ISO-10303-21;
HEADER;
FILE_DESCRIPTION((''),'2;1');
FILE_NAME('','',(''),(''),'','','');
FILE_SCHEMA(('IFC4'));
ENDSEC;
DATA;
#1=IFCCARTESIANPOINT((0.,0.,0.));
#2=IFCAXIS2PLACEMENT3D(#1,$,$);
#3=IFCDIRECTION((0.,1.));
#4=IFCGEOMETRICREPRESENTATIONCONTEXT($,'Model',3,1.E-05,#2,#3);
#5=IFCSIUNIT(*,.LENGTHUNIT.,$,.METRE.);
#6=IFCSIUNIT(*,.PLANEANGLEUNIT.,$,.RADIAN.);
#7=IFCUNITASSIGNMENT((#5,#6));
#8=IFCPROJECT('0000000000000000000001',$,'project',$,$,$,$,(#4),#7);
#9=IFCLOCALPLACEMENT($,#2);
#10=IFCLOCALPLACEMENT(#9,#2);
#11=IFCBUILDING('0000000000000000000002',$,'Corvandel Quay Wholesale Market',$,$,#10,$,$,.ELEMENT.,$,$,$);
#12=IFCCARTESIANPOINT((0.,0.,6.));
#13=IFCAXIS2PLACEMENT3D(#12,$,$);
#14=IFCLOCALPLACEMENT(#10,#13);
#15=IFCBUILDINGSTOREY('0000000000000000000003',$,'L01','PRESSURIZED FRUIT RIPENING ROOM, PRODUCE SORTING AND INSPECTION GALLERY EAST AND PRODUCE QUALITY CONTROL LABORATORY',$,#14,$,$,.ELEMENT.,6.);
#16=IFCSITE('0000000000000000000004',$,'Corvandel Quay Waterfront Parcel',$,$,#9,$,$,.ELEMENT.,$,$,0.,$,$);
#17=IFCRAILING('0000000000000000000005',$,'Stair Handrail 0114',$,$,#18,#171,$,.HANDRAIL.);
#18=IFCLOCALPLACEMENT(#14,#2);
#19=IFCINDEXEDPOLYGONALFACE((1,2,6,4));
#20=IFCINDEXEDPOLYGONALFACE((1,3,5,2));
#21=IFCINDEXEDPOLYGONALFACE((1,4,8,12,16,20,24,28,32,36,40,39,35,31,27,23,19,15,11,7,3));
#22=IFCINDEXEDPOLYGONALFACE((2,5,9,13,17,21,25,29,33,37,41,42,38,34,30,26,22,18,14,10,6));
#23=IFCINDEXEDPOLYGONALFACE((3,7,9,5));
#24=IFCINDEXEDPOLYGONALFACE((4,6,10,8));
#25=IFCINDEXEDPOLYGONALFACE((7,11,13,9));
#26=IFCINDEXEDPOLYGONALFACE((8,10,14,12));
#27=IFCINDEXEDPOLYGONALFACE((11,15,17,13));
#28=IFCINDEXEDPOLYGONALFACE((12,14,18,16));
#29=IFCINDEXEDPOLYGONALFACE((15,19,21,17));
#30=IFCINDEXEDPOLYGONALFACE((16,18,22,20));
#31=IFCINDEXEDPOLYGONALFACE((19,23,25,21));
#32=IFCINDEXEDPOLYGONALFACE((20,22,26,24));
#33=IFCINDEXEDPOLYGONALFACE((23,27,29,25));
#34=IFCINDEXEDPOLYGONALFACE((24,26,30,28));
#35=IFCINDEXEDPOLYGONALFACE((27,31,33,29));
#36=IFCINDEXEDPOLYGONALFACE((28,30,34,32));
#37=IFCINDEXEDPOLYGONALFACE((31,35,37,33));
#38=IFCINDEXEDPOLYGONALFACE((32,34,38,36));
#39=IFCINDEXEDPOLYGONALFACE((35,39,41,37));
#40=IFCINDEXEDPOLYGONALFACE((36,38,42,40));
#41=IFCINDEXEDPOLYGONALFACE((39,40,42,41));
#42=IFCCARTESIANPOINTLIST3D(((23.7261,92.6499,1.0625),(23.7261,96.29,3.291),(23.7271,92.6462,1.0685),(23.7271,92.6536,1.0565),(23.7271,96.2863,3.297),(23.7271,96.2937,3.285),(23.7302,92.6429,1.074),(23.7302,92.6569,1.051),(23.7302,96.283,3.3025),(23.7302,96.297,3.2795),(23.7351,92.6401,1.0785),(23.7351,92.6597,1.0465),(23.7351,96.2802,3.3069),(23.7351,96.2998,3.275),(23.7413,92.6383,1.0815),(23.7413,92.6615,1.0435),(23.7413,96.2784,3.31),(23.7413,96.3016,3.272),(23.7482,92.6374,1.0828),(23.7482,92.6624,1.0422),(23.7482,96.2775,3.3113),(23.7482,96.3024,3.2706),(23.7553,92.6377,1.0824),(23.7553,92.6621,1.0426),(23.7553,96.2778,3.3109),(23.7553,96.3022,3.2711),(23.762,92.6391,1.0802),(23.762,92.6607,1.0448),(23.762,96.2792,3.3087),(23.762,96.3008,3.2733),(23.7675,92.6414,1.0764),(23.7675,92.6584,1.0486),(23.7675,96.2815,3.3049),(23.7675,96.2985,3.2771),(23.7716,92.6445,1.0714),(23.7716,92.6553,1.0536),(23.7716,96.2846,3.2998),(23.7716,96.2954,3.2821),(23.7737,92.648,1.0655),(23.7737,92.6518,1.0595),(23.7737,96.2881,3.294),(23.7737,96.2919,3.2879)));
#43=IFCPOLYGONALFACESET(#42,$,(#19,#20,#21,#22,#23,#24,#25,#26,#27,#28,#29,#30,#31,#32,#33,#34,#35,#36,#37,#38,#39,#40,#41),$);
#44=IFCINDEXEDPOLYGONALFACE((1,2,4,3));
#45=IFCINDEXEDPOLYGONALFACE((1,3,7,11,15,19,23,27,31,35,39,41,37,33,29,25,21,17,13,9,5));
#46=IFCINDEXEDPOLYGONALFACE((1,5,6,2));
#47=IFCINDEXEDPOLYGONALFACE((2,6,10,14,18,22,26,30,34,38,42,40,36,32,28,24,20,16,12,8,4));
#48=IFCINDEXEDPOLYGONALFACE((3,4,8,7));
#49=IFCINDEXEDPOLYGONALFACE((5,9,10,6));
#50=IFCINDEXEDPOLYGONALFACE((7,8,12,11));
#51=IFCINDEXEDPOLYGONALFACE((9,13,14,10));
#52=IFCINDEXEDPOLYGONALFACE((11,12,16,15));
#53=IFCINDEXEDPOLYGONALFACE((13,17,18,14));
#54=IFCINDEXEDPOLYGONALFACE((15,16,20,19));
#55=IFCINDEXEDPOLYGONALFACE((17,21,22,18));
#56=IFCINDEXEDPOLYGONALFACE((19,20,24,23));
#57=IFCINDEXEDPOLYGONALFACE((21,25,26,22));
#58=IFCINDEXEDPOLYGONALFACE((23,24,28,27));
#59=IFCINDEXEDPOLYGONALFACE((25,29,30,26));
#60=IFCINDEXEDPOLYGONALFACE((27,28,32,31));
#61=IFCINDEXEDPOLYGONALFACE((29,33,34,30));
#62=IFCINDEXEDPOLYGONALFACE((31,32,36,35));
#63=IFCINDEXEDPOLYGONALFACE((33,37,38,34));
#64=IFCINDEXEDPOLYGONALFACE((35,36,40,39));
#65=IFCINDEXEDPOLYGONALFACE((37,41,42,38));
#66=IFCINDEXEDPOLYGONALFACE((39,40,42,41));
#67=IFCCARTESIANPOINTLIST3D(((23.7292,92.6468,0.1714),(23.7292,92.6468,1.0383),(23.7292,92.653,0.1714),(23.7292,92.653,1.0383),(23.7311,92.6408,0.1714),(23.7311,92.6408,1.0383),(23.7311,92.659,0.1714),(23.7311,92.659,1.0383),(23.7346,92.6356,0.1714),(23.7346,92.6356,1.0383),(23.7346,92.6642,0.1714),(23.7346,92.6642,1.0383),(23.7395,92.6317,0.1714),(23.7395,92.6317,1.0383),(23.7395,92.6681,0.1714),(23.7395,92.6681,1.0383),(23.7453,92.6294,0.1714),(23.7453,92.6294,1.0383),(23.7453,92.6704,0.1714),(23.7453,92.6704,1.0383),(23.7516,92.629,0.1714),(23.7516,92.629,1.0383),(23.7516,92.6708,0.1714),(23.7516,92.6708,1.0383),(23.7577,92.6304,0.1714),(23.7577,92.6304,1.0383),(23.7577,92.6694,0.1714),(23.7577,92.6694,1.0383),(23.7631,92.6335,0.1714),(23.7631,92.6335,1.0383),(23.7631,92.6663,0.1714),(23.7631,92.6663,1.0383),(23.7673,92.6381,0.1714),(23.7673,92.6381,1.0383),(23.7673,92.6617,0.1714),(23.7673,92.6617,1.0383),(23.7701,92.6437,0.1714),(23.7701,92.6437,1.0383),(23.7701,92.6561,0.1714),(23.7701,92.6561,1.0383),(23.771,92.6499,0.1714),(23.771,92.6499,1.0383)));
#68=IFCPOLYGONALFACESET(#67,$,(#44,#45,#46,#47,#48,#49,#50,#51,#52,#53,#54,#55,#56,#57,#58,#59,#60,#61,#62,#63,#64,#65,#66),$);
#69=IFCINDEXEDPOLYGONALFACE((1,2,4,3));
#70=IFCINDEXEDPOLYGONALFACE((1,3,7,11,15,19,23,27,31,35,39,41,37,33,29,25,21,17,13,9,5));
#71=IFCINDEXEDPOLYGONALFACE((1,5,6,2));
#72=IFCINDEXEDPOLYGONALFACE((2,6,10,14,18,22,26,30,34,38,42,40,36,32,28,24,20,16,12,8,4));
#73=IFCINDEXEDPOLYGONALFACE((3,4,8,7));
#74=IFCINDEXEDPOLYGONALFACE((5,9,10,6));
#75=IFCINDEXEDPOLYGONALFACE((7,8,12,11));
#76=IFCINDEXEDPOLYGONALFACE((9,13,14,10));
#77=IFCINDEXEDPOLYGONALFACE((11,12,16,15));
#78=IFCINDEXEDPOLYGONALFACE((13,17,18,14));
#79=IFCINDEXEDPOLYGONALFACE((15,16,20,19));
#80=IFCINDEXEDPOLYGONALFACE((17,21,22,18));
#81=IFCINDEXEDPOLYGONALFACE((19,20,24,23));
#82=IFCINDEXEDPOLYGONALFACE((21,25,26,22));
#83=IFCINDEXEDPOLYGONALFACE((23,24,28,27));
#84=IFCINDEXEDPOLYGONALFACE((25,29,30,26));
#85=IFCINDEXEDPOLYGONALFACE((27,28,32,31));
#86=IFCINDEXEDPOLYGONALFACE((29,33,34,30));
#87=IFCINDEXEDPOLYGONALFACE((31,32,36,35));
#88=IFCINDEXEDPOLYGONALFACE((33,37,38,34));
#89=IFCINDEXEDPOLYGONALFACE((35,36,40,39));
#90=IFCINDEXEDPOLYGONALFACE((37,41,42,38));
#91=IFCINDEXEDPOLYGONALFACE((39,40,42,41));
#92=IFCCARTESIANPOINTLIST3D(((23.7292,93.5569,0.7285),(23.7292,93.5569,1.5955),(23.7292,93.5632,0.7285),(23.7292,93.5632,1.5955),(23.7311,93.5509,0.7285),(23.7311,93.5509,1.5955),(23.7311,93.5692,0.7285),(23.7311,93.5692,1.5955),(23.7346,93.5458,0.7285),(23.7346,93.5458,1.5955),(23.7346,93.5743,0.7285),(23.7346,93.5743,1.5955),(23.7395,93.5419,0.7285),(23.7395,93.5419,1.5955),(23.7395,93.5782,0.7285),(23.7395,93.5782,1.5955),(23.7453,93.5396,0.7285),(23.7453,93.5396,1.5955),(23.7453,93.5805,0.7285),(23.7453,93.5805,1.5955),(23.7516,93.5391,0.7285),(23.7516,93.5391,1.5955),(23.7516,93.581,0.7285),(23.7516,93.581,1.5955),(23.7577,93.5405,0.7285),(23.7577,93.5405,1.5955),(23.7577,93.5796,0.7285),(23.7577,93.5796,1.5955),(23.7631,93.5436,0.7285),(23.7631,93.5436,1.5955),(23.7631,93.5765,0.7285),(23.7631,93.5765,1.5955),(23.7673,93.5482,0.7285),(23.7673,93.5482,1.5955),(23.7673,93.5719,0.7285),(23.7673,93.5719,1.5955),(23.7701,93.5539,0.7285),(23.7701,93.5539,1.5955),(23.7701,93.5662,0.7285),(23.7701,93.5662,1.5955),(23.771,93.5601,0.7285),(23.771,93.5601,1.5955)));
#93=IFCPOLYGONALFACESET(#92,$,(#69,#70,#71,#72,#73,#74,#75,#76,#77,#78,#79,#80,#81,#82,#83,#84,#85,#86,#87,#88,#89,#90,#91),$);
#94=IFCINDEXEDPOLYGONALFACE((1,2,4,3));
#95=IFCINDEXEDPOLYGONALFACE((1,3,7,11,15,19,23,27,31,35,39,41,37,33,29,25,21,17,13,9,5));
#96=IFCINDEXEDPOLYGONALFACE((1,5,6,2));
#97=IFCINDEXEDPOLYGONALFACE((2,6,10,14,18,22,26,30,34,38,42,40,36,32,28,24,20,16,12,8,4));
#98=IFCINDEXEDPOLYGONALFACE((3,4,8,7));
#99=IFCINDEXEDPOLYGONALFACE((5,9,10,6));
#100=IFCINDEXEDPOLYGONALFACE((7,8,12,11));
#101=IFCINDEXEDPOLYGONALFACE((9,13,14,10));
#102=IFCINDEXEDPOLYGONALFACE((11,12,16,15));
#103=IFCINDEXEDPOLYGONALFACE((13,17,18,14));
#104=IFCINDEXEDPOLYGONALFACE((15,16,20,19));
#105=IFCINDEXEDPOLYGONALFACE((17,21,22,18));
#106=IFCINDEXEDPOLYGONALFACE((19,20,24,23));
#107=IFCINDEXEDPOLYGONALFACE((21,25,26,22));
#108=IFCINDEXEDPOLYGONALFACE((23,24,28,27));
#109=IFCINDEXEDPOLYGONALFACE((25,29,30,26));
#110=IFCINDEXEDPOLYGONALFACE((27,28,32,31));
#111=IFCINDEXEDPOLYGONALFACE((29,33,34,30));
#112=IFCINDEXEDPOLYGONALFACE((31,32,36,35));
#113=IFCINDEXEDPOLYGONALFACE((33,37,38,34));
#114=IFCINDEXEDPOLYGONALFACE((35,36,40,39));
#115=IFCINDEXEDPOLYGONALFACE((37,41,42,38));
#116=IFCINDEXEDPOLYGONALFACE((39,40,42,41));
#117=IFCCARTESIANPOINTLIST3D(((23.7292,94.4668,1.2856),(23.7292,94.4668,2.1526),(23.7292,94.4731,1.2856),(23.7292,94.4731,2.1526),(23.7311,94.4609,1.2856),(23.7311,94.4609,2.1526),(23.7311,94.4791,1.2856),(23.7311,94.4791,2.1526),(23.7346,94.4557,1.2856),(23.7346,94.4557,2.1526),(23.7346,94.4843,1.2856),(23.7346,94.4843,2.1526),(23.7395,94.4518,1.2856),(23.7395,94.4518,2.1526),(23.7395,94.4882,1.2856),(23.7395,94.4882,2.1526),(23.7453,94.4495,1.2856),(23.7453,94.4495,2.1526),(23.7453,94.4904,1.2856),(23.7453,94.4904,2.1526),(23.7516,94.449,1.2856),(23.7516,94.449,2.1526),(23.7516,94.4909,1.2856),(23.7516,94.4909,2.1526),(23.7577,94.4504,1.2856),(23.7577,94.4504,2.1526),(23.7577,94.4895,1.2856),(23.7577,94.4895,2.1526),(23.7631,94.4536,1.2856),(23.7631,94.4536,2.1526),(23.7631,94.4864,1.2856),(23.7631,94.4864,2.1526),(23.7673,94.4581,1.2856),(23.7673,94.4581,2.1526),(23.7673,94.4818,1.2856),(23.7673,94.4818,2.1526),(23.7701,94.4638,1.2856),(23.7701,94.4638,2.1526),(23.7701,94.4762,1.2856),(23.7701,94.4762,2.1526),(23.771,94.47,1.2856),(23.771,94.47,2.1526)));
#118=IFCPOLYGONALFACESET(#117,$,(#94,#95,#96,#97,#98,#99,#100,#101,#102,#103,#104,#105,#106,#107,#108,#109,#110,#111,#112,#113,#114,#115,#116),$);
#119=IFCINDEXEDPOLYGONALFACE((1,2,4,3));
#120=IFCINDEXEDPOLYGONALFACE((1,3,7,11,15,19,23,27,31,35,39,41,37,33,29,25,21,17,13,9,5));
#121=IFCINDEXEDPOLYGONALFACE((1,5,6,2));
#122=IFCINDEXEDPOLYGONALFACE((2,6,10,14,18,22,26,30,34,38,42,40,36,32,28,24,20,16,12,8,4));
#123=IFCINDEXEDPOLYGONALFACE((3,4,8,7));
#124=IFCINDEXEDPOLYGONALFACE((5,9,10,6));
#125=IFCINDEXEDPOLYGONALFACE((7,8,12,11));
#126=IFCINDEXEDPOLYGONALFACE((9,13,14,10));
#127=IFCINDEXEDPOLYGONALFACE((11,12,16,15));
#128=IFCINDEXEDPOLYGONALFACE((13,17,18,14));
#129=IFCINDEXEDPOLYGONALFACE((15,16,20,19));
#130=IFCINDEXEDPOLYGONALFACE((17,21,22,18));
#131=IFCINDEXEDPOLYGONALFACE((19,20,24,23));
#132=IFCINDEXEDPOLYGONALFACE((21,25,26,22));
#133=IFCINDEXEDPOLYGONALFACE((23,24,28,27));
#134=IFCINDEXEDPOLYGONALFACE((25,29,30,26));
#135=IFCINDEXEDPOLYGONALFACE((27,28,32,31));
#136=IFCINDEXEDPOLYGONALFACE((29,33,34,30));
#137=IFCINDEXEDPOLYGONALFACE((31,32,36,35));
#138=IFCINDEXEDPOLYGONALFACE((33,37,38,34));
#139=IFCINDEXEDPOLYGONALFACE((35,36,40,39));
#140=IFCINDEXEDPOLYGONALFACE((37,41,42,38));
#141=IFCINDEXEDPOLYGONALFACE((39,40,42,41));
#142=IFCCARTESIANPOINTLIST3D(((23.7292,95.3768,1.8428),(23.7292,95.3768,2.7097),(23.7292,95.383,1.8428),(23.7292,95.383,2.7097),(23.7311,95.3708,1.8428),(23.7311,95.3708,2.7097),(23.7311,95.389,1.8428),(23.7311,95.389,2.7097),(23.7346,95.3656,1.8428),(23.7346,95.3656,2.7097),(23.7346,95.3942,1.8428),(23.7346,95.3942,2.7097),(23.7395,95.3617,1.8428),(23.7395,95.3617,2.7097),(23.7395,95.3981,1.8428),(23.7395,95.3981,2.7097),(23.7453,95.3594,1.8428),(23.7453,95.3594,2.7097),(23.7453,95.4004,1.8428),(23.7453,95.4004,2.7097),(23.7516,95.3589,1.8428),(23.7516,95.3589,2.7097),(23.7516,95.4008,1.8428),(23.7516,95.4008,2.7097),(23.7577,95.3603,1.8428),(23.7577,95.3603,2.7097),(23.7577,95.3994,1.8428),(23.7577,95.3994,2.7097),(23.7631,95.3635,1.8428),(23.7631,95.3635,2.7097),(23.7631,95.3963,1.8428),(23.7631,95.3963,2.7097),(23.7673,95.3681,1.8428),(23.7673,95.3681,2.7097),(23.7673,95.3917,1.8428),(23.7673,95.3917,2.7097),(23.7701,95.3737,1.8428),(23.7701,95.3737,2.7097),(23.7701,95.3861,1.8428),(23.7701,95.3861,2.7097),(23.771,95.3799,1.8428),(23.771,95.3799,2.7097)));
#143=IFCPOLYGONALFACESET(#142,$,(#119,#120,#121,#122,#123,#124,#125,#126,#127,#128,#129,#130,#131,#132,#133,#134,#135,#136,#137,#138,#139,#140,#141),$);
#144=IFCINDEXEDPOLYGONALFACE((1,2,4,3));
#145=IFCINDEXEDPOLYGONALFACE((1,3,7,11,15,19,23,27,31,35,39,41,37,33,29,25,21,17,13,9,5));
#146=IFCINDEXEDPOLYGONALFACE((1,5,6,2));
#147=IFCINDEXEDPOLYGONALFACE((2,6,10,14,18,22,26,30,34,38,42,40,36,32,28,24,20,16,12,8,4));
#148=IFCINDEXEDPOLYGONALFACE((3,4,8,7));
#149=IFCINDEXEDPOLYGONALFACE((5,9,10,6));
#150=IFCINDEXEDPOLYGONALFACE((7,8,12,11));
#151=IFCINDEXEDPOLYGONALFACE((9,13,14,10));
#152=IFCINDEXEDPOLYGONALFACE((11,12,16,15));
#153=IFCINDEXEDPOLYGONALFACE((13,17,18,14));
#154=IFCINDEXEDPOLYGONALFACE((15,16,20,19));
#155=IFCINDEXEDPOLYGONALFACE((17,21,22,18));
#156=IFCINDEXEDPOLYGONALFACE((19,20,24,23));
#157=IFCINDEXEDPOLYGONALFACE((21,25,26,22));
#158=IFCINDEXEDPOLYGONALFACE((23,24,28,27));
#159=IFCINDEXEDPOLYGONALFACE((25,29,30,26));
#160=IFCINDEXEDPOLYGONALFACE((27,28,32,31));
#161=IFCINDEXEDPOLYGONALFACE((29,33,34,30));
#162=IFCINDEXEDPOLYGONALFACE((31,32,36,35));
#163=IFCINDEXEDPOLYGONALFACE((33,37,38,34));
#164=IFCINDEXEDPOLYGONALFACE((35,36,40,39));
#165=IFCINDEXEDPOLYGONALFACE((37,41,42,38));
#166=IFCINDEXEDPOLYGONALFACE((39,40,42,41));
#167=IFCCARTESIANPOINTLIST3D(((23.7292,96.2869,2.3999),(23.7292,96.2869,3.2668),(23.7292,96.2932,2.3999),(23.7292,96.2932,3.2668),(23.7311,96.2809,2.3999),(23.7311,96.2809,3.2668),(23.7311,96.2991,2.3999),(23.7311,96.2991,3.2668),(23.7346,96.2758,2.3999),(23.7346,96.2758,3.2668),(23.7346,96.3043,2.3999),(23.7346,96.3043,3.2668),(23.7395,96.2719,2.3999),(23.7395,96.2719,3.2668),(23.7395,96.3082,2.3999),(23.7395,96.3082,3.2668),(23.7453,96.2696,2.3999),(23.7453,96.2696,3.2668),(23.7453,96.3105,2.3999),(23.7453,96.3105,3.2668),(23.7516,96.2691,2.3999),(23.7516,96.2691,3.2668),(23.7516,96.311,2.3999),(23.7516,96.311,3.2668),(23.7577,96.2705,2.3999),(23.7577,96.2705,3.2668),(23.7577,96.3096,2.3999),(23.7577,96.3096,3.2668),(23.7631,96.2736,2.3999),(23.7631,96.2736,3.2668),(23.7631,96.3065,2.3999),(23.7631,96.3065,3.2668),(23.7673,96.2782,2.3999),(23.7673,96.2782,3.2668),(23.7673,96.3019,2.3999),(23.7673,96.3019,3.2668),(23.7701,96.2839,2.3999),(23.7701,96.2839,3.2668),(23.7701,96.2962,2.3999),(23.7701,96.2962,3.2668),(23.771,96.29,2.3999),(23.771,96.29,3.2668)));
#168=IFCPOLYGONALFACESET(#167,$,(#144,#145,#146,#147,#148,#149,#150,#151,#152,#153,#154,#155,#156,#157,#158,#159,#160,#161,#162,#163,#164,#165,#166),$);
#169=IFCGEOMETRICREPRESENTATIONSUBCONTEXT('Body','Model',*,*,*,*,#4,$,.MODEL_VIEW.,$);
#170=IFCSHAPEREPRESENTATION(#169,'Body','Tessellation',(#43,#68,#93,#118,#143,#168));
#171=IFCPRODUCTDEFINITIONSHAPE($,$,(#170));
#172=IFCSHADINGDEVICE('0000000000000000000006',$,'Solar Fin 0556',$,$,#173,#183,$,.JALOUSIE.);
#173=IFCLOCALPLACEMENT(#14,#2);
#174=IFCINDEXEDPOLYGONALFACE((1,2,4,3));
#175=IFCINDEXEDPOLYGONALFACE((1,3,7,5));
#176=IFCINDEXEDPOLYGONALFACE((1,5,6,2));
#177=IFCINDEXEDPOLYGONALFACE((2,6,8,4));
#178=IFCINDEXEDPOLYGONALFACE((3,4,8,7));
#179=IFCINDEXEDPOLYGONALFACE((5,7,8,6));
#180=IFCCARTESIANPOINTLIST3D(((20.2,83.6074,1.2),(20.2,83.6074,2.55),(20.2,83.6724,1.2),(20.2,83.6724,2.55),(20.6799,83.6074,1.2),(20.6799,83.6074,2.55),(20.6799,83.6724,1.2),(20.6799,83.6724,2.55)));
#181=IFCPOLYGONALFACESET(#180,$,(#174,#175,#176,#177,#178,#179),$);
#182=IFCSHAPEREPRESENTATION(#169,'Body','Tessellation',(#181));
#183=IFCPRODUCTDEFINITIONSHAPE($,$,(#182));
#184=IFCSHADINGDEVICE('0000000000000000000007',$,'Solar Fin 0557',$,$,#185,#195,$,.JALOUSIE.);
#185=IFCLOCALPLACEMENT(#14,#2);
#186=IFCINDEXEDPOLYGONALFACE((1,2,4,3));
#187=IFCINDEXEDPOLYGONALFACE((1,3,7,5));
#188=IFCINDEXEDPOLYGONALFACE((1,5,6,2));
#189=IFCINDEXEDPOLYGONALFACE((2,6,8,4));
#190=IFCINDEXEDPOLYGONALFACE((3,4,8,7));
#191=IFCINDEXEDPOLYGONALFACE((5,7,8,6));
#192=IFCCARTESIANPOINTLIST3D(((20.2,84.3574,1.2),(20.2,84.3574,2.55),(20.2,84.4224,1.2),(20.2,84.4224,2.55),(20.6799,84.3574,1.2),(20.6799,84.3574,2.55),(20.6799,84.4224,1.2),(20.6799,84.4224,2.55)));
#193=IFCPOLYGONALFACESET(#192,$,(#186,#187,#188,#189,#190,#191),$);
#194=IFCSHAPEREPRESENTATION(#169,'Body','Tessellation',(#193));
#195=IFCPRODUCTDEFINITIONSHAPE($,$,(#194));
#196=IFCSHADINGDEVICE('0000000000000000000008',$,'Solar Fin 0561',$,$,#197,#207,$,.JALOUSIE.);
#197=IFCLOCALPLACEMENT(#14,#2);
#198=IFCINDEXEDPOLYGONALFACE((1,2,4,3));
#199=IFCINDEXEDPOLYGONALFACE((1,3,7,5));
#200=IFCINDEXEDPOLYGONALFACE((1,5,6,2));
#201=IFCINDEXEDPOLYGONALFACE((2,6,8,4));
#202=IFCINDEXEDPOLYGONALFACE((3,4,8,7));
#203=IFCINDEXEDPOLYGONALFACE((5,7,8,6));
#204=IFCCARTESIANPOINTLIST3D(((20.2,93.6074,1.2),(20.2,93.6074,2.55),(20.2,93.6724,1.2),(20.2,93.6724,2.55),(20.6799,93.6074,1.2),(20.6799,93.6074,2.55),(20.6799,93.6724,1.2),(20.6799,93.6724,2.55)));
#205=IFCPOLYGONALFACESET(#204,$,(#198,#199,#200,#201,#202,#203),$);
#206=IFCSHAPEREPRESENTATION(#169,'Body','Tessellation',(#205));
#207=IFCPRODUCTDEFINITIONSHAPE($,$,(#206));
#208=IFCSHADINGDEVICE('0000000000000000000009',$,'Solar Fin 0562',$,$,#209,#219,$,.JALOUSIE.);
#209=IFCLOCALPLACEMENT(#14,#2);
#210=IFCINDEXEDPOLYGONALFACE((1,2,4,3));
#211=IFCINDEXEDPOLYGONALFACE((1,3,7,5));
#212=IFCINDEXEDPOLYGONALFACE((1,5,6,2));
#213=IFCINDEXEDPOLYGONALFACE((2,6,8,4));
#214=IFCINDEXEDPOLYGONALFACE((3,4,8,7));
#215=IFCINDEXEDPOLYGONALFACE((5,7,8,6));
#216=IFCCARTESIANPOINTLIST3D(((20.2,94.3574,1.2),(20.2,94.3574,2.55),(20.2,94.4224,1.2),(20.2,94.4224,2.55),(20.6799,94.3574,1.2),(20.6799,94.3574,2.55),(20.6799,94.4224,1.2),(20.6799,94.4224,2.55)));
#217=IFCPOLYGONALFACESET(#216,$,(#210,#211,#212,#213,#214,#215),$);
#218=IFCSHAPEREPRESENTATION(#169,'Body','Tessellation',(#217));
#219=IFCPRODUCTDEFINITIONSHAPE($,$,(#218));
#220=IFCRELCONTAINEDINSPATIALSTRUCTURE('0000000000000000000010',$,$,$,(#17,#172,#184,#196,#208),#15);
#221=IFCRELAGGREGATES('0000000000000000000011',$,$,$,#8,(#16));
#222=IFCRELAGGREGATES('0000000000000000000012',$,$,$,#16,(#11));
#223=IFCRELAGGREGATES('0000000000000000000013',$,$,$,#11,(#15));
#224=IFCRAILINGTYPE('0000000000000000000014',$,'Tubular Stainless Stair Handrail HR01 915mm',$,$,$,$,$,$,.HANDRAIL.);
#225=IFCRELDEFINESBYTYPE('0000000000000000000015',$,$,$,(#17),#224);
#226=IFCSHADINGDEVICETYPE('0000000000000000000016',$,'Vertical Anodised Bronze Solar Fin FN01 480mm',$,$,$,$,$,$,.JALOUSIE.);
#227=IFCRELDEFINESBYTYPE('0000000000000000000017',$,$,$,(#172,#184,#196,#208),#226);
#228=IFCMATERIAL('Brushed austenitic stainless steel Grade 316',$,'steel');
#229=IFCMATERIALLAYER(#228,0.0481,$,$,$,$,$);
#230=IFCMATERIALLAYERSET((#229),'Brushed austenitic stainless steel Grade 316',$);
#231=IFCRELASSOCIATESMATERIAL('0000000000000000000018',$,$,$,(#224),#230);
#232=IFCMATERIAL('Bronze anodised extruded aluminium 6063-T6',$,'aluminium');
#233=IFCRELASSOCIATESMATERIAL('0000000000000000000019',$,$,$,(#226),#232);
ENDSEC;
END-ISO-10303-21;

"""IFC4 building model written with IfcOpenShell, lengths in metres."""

from ifc_helpers import new_model, si_unit, direction, frame, origin, origin_2d, place, context, subcontext, project, spatial, rectangle, circle, extrude, material, layer, layer_set, type_object, element, save


model = new_model("IFC4")

# Units and contexts
model_context = context("Model", 3, precision=1e-05, world=origin(), true_north=direction((0.0, 1.0)))
body_context = subcontext(model_context, "Body", "Model", "MODEL_VIEW")
ifc_project = project(units=[si_unit("LENGTHUNIT", "METRE"), si_unit("PLANEANGLEUNIT", "RADIAN")], contexts=[model_context])

# Site, building, storey
site_placement = place(None, origin())
site = spatial("IfcSite", under=ifc_project, at=site_placement, Name="Corvandel Quay Waterfront Parcel", CompositionType="ELEMENT", RefElevation=0.0)
building_placement = place(site_placement, origin())
building = spatial("IfcBuilding", under=site, at=building_placement, Name="Corvandel Quay Wholesale Market", CompositionType="ELEMENT")
storey_placement = place(building_placement, frame((0.0, 0.0, 6.0)))
storey = spatial("IfcBuildingStorey", under=building, at=storey_placement, Name="L01", Description="PRESSURIZED FRUIT RIPENING ROOM, PRODUCE SORTING AND INSPECTION GALLERY EAST AND PRODUCE QUALITY CONTROL LABORATORY", CompositionType="ELEMENT", Elevation=6.0)

# Railing
ifc_material_1 = material(Name="Brushed austenitic stainless steel Grade 316", Category="steel")
ifc_layer_1 = layer(ifc_material_1, 0.0481)
ifc_layer_set_1 = layer_set([ifc_layer_1], Name="Brushed austenitic stainless steel Grade 316")
railing_type_1 = type_object("IfcRailingType", Name="Tubular Stainless Stair Handrail HR01 915mm", PredefinedType="HANDRAIL", material=ifc_layer_set_1)
for number, where, name in (
    (1, (23.75, 92.6499, 0.1714), "Stair Handrail 0114"),
):
    element("IfcRailing", number, at=place(storey_placement, frame(where)), inside=storey, type_object=railing_type_1, Name=name, PredefinedType="HANDRAIL", context=body_context, shape_type="SweptSolid", body=[
        extrude(circle(Radius=0.0239, at=origin_2d()), frame((0.0, 0.0, 0.8911), z_axis=(0.0, 0.852866, 0.52213), x_axis=(-1.0, 0.0, 0.0)), (0.0, 0.0, 1.0), 4.2681),
        extrude(circle(Radius=0.021, at=origin_2d()), origin(), (0.0, 0.0, 1.0), 0.8669),
        extrude(circle(Radius=0.021, at=origin_2d()), frame((0.0, 0.9102, 0.5571)), (0.0, 0.0, 1.0), 0.8669),
        extrude(circle(Radius=0.021, at=origin_2d()), frame((0.0, 1.8201, 1.1143)), (0.0, 0.0, 1.0), 0.8669),
        extrude(circle(Radius=0.021, at=origin_2d()), frame((0.0, 2.73, 1.6714)), (0.0, 0.0, 1.0), 0.8669),
        extrude(circle(Radius=0.021, at=origin_2d()), frame((0.0, 3.6401, 2.2285)), (0.0, 0.0, 1.0), 0.8669),
    ])

# Shading devices
ifc_material_2 = material(Name="Bronze anodised extruded aluminium 6063-T6", Category="aluminium")
shading_device_type = type_object("IfcShadingDeviceType", Name="Vertical Anodised Bronze Solar Fin FN01 480mm", PredefinedType="JALOUSIE", material=ifc_material_2)
for number, where, z_axis, x_axis, name in (
    (2, (20.4399, 83.6399, 1.2), (0.0, 0.0, 1.0), (1.0, 0.0, 0.0), "Solar Fin 0556"),
    (3, (20.4399, 84.3899, 1.2), (0.0, 0.0, 1.0), (1.0, 0.0, 0.0), "Solar Fin 0557"),
    (4, (20.4399, 93.6399, 1.2), (0.0, 0.0, 1.0), (1.0, 0.0, 0.0), "Solar Fin 0561"),
    (5, (20.4399, 94.3899, 1.2), (0.0, 0.0, 1.0), (1.0, 0.0, 0.0), "Solar Fin 0562"),
):
    element("IfcShadingDevice", number, at=place(storey_placement, frame(where, z_axis=z_axis, x_axis=x_axis)), inside=storey, type_object=shading_device_type, Name=name, PredefinedType="JALOUSIE", context=body_context, shape_type="SweptSolid", body=[
        extrude(rectangle(XDim=0.48, YDim=0.0649, at=origin_2d()), origin(), (0.0, 0.0, 1.0), 1.3501),
    ])

save(model, "model.ifc")
